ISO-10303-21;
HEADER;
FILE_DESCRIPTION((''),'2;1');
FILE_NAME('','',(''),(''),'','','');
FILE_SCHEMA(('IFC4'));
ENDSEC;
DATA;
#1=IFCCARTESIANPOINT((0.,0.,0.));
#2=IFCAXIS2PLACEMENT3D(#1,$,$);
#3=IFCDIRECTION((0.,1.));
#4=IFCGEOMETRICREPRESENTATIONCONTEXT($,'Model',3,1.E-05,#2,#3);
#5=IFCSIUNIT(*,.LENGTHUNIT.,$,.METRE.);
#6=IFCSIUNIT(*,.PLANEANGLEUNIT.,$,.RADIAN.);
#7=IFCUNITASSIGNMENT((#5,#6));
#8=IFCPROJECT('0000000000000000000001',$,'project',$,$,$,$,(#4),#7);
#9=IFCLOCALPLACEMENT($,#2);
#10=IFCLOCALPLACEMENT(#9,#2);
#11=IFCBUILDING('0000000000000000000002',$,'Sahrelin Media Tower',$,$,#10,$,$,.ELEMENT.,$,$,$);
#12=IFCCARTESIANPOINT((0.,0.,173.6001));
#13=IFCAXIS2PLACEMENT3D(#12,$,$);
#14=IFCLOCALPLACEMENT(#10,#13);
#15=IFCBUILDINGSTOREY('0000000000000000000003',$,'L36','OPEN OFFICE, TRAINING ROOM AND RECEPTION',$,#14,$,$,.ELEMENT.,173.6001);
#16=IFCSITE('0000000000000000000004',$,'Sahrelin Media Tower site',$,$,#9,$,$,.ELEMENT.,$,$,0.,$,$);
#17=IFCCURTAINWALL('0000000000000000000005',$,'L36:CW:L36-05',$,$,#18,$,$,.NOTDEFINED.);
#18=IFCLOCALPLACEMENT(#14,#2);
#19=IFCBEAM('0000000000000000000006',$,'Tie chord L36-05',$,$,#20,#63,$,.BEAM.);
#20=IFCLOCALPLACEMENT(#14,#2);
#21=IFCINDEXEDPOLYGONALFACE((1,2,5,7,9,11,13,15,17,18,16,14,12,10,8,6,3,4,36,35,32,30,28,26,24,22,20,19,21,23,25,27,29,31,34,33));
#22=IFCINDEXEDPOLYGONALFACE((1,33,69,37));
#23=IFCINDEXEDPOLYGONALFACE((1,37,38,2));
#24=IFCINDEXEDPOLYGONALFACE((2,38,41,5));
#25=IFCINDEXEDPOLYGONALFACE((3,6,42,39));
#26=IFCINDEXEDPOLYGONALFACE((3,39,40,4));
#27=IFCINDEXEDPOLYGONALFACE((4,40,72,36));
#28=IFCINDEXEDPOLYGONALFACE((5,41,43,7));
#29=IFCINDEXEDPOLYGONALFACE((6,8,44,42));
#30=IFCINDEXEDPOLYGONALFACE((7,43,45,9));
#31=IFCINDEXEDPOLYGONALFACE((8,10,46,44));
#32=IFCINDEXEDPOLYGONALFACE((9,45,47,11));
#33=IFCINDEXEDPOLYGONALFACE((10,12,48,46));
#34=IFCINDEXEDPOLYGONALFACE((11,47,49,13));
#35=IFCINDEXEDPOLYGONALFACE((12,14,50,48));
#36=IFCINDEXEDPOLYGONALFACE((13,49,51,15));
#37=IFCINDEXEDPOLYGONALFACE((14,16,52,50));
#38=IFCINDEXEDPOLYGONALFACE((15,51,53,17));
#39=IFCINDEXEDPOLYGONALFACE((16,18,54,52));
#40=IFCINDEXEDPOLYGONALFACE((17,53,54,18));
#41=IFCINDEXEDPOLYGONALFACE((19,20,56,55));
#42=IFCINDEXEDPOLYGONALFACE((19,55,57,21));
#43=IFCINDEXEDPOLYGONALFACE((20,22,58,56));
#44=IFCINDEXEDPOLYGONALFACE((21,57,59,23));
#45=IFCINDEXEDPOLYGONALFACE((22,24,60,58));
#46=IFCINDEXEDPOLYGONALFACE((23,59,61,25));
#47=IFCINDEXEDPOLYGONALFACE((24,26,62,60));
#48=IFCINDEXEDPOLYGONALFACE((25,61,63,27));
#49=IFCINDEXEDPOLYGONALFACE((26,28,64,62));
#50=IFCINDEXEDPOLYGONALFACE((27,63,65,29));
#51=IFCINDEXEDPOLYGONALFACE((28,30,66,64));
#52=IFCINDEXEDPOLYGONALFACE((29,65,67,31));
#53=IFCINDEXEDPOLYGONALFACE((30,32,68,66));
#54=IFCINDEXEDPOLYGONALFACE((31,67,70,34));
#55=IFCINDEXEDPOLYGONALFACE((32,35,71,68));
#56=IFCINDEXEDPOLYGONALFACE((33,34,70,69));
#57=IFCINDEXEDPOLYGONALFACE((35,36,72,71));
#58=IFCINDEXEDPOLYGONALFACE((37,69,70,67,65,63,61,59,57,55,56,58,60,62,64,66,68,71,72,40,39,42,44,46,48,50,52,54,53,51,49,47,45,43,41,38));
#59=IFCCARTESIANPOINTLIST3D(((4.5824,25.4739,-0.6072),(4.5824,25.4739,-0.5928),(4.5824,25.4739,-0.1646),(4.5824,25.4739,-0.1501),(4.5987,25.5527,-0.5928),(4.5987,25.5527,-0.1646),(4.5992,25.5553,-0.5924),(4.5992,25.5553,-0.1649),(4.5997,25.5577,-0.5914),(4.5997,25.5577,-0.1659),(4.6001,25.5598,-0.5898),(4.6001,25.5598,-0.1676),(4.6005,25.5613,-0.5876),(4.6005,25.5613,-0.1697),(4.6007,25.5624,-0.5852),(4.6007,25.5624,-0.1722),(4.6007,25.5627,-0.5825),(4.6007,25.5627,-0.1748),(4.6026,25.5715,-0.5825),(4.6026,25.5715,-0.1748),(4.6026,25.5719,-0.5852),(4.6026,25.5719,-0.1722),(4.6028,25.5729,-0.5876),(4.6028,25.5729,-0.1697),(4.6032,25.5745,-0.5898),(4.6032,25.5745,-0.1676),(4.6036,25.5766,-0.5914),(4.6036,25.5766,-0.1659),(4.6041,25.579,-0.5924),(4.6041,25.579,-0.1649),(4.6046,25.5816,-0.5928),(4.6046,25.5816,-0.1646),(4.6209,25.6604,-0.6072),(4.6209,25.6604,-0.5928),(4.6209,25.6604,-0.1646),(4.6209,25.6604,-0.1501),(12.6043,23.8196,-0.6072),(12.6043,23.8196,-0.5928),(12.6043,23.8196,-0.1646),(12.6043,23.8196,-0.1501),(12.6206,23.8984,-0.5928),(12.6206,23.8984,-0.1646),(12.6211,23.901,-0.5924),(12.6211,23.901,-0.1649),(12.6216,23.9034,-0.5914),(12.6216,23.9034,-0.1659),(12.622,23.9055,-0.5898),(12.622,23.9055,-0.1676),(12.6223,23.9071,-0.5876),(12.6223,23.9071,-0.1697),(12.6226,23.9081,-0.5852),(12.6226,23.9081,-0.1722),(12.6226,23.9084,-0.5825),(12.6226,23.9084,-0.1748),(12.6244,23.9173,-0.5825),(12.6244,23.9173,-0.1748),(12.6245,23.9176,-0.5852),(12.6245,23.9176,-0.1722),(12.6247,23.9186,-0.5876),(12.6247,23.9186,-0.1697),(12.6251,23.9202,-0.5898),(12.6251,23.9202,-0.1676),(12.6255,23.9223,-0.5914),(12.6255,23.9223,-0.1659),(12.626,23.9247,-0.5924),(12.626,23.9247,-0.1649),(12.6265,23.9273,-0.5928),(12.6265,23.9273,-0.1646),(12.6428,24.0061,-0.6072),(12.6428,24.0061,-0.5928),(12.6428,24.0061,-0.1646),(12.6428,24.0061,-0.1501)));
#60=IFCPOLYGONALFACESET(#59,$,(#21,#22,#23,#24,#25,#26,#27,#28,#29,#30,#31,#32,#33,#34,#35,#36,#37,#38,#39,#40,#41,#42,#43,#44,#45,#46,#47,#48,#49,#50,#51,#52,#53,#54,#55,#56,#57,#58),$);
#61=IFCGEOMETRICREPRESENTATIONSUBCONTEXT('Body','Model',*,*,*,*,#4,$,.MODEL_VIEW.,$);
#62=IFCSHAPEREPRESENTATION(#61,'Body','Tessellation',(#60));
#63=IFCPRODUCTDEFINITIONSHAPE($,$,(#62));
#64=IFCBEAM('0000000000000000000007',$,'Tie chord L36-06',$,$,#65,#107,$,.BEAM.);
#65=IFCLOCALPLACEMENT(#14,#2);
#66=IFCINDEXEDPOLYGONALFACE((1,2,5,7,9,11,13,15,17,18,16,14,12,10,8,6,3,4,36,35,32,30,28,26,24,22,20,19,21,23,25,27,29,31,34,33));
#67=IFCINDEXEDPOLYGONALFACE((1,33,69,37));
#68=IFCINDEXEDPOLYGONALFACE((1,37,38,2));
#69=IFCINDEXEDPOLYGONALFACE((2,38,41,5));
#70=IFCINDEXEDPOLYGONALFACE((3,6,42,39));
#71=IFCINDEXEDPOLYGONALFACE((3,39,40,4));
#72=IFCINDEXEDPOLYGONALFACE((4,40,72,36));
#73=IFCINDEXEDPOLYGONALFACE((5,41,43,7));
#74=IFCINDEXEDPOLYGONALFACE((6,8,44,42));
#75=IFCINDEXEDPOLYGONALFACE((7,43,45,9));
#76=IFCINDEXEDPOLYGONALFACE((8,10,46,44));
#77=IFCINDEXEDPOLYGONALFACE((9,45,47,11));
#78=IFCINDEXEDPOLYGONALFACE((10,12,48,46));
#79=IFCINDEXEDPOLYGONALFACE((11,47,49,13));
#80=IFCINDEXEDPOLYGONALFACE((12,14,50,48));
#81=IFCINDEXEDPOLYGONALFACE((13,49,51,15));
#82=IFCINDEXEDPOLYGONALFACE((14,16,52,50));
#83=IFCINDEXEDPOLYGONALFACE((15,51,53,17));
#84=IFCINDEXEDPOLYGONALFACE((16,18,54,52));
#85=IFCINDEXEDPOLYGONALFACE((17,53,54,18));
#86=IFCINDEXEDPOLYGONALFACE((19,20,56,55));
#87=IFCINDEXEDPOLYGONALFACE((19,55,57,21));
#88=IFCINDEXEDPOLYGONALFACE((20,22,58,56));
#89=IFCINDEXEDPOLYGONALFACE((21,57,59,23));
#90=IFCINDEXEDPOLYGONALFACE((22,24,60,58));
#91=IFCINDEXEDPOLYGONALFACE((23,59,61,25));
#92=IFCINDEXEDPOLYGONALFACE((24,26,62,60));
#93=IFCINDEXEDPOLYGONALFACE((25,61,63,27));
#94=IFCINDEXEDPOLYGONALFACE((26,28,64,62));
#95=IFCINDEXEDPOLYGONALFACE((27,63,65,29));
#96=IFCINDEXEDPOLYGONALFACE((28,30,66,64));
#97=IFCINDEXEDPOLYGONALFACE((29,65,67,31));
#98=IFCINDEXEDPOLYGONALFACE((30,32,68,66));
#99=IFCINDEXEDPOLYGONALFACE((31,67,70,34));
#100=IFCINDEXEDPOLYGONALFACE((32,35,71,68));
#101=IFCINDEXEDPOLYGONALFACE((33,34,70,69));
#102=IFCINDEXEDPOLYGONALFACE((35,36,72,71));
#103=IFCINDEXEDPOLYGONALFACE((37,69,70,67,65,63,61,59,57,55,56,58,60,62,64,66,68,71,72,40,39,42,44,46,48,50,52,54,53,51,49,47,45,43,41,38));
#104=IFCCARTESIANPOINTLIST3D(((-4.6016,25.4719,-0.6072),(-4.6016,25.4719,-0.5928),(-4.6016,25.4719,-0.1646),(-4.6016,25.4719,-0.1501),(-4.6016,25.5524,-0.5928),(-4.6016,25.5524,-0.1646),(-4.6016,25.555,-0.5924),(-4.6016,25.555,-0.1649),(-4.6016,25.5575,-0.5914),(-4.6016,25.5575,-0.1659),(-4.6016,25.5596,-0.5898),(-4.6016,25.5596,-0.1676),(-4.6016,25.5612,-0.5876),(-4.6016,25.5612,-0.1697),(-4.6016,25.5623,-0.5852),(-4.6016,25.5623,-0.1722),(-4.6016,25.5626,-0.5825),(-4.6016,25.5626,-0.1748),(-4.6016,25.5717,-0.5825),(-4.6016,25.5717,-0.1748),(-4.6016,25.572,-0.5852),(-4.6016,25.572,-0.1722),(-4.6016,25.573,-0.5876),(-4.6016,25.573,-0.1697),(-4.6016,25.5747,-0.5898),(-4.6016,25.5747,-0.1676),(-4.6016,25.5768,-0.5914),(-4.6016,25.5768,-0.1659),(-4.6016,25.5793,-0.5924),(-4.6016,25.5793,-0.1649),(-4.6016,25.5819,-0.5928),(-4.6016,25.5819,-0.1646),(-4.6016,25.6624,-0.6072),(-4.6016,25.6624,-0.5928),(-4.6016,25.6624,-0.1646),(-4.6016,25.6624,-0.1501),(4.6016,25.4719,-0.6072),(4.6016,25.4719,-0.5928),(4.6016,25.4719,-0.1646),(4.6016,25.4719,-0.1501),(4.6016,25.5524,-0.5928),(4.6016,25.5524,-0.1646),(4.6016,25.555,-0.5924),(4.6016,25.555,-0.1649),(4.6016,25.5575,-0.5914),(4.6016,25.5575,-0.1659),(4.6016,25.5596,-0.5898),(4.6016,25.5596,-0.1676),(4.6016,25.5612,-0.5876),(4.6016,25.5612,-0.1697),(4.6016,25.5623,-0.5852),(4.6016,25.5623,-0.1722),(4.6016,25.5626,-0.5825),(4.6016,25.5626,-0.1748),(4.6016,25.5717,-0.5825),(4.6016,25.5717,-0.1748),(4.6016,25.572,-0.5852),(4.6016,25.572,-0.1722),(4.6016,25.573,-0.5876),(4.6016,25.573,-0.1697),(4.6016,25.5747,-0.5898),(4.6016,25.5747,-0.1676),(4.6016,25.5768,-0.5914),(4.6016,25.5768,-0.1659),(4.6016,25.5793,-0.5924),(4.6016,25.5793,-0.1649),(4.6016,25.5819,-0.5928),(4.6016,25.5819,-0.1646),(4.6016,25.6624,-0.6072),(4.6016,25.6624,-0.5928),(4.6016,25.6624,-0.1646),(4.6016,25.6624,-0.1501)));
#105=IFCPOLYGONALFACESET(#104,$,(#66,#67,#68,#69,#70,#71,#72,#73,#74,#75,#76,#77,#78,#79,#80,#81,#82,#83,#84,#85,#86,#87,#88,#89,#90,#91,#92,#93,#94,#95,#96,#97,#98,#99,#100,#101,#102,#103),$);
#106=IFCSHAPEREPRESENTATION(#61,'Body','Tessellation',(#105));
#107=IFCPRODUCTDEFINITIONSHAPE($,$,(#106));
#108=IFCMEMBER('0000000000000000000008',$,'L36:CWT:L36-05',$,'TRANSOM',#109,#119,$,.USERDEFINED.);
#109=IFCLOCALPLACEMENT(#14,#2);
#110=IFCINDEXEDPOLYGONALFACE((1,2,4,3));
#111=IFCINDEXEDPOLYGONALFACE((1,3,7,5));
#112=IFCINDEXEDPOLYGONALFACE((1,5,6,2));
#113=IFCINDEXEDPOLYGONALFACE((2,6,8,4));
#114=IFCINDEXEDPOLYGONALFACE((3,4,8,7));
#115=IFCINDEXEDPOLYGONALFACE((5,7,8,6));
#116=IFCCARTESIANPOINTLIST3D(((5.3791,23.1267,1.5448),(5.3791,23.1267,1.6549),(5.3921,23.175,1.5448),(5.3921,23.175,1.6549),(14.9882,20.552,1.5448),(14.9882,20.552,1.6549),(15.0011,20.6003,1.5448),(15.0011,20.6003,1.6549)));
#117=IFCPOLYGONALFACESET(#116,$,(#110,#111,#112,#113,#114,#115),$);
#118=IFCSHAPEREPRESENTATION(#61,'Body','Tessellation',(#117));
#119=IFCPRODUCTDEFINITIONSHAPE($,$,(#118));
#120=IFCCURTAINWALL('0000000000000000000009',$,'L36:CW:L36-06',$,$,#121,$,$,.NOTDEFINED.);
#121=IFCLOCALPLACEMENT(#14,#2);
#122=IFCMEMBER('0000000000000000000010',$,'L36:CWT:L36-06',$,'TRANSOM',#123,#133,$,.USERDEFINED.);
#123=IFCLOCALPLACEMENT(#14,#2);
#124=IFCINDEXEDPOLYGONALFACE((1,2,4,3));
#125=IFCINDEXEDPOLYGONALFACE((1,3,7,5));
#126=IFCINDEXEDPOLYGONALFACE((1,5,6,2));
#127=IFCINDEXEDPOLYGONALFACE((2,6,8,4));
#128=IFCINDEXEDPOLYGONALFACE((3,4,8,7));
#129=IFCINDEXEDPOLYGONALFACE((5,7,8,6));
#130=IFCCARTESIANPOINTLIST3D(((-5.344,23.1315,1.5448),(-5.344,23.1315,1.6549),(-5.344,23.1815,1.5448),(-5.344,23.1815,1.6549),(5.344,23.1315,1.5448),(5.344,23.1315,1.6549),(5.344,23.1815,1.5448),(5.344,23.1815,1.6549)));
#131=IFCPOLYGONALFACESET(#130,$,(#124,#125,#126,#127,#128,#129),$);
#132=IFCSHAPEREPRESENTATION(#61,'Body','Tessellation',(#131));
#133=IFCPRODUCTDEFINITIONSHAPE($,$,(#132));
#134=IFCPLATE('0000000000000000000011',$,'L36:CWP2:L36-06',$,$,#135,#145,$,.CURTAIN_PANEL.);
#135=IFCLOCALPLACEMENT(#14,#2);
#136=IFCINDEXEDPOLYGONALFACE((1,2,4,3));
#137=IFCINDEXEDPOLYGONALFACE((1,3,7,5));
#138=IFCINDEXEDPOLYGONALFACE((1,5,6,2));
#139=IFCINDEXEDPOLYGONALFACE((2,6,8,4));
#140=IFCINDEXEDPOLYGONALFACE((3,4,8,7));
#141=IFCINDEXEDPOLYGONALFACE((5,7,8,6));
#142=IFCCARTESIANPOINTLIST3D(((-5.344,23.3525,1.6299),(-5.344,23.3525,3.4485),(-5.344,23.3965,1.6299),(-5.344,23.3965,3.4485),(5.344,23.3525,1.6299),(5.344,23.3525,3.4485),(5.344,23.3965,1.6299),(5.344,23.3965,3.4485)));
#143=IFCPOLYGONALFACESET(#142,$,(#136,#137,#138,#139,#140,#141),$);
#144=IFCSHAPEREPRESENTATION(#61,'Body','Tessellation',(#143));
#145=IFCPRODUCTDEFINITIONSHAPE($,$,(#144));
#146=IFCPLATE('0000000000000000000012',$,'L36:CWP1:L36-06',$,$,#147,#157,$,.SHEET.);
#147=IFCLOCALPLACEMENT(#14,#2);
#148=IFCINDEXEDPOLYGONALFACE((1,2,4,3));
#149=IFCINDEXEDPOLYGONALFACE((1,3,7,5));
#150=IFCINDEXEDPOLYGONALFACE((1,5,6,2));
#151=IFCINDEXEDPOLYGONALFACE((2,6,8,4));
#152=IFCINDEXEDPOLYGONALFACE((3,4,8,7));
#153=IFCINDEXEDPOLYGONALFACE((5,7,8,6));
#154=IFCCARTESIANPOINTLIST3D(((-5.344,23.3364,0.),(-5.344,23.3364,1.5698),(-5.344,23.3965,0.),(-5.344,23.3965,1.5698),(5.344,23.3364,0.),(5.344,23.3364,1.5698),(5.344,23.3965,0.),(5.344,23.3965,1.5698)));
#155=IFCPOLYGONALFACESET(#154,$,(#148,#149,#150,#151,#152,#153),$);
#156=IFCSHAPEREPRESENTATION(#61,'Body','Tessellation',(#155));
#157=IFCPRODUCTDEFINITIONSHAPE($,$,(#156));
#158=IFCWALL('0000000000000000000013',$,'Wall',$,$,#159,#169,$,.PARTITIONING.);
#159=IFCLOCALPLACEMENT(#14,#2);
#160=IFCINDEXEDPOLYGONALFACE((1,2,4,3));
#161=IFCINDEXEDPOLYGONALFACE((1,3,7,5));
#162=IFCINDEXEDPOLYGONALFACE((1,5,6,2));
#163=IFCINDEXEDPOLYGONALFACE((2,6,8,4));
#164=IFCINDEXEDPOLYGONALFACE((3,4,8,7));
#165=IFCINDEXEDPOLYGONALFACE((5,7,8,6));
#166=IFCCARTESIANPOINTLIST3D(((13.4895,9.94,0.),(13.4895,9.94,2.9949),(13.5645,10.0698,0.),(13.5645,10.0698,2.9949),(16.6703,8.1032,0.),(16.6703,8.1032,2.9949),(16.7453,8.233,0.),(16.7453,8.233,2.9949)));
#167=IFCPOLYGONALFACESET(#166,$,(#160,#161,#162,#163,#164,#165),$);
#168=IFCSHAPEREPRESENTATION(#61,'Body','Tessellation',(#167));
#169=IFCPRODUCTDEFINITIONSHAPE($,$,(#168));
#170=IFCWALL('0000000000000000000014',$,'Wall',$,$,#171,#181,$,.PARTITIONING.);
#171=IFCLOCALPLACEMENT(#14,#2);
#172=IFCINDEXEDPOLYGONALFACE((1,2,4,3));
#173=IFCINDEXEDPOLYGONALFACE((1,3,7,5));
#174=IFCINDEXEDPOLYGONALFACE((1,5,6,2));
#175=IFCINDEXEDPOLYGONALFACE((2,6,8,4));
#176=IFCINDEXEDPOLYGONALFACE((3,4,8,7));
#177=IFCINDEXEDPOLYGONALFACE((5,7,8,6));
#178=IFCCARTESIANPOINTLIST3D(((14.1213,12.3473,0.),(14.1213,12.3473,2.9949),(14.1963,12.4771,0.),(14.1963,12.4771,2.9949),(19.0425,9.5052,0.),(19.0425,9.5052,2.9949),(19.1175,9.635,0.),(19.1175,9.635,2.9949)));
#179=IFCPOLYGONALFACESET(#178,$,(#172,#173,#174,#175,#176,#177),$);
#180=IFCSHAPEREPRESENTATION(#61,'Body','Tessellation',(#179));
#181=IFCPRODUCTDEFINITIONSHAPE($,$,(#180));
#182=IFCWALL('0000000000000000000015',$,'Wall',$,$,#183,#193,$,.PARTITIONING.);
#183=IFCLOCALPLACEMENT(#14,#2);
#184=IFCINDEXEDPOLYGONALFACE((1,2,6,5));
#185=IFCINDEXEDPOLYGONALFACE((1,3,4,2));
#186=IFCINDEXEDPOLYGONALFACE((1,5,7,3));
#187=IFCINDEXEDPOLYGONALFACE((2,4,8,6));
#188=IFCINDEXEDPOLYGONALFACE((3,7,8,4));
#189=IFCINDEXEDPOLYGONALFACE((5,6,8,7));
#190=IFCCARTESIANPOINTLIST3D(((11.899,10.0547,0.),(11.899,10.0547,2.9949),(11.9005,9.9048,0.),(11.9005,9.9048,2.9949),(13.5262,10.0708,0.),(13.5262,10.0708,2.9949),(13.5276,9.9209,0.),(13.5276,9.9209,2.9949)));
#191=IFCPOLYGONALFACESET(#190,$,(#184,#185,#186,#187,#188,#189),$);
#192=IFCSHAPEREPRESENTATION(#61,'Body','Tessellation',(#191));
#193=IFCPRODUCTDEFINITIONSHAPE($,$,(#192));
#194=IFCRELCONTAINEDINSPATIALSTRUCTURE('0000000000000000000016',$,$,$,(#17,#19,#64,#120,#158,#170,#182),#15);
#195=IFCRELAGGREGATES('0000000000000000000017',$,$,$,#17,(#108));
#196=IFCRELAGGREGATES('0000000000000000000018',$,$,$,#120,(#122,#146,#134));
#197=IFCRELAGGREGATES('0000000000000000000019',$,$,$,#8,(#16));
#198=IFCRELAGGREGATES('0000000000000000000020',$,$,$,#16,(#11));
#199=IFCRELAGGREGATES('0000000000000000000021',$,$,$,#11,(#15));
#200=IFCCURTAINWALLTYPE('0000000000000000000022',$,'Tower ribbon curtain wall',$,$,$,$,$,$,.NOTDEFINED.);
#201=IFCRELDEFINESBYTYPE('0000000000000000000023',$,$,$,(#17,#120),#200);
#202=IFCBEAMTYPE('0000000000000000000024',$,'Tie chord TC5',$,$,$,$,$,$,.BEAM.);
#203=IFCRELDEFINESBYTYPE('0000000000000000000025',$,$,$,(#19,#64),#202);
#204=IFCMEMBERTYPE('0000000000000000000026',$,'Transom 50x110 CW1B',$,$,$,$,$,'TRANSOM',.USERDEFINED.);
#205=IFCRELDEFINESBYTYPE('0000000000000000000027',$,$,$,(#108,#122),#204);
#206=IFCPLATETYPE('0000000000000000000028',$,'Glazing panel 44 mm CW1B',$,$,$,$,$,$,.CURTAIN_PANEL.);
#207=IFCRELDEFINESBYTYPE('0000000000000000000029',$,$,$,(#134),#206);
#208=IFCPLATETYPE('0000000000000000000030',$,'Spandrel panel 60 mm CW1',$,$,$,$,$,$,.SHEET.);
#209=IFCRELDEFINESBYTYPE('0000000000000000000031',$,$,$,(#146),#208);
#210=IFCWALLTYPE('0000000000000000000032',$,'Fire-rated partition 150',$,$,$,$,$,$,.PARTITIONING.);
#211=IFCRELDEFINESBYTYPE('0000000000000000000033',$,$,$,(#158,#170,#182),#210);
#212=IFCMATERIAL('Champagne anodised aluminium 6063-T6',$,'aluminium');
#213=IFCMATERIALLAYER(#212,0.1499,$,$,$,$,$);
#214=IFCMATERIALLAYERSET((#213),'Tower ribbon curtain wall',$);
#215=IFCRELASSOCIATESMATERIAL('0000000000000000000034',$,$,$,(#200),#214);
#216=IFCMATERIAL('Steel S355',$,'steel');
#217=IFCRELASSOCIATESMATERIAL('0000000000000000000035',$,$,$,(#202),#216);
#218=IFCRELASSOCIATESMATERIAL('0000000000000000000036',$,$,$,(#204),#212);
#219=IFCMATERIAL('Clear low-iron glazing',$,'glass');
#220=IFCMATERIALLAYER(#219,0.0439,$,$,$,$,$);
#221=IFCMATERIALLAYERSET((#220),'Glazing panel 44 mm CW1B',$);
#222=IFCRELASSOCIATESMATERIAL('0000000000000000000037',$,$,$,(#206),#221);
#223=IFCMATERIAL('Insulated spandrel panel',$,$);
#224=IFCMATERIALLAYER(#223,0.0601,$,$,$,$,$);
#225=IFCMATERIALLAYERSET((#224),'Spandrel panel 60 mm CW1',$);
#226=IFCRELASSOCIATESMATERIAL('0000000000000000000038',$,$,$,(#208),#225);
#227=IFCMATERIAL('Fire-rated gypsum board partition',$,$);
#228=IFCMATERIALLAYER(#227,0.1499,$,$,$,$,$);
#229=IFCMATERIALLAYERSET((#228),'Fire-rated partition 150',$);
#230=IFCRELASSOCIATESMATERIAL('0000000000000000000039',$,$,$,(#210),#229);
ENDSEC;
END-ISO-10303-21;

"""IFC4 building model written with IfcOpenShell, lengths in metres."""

from ifc_helpers import new_model, si_unit, direction, frame, frame_2d, origin, origin_2d, place, context, subcontext, project, spatial, polyline, rectangle, i_section, outline, extrude, material, layer, layer_set, material_profile, profile_set, type_object, element, aggregate, save


model = new_model("IFC4")

# Units and contexts
model_context = context("Model", 3, precision=1e-05, world=origin(), true_north=direction((0.0, 1.0)))
body_context = subcontext(model_context, "Body", "Model", "MODEL_VIEW")
ifc_project = project(units=[si_unit("LENGTHUNIT", "METRE"), si_unit("PLANEANGLEUNIT", "RADIAN")], contexts=[model_context])

# Site, building, storey
site_placement = place(None, origin())
site = spatial("IfcSite", under=ifc_project, at=site_placement, Name="Sahrelin Media Tower site", CompositionType="ELEMENT", RefElevation=0.0)
building_placement = place(site_placement, origin())
building = spatial("IfcBuilding", under=site, at=building_placement, Name="Sahrelin Media Tower", CompositionType="ELEMENT")
storey_placement = place(building_placement, frame((0.0, 0.0, 173.6001)))
storey = spatial("IfcBuildingStorey", under=building, at=storey_placement, Name="L36", Description="OPEN OFFICE, TRAINING ROOM AND RECEPTION", CompositionType="ELEMENT", Elevation=173.6001)

# Shared definitions
ifc_material_1 = material(Name="Steel S355", Category="steel")

# Curtain wall
ifc_material_2 = material(Name="Champagne anodised aluminium 6063-T6", Category="aluminium")
ifc_layer_1 = layer(ifc_material_2, 0.1499)
ifc_layer_set_1 = layer_set([ifc_layer_1], Name="Tower ribbon curtain wall")
curtain_wall_type = type_object("IfcCurtainWallType", Name="Tower ribbon curtain wall", PredefinedType="NOTDEFINED", material=ifc_layer_set_1)
curtain_wall_1_placement = place(storey_placement, frame((10.2471, 22.0762, 0.0), z_axis=(0.0, 0.0, 1.0), x_axis=(1.0, 0.0, 0.0)))
curtain_wall_1 = element("IfcCurtainWall", 1, at=curtain_wall_1_placement, inside=storey, type_object=curtain_wall_type, Name="L36:CW:L36-05", PredefinedType="NOTDEFINED")

# Beams
ifc_material_profile_1 = material_profile(ifc_material_1, i_section(OverallWidth=0.1904, OverallDepth=0.457, WebThickness=0.009, FlangeThickness=0.0144, FilletRadius=0.0103, at=origin_2d()), Name="UB 457x191x74")
ifc_profile_set_1 = profile_set([ifc_material_profile_1], Name="Steel S355")
beam_type_1 = type_object("IfcBeamType", Name="Tie chord TC5", PredefinedType="BEAM", material=ifc_profile_set_1)
beam_1_placement = place(storey_placement, frame((12.6235, 23.9128, -0.3787), z_axis=(-0.979392, 0.201971, 0.0), x_axis=(-0.201971, -0.979392, 0.0)))
element("IfcBeam", 2, at=beam_1_placement, inside=storey, type_object=beam_type_1, Name="Tie chord L36-05", PredefinedType="BEAM", context=body_context, shape_type="SweptSolid", body=[
    extrude(i_section(OverallWidth=0.1904, OverallDepth=0.457, WebThickness=0.009, FlangeThickness=0.0144, FilletRadius=0.0103, at=origin_2d()), origin(), (0.0, 0.0, 1.0), 8.1907),
])
beam_2_placement = place(storey_placement, frame((4.6016, 25.5671, -0.3787), z_axis=(-1.0, 0.0, 0.0), x_axis=(0.0, -1.0, 0.0)))
element("IfcBeam", 3, at=beam_2_placement, inside=storey, type_object=beam_type_1, Name="Tie chord L36-06", PredefinedType="BEAM", context=body_context, shape_type="SweptSolid", body=[
    extrude(i_section(OverallWidth=0.1904, OverallDepth=0.457, WebThickness=0.009, FlangeThickness=0.0144, FilletRadius=0.0103, at=origin_2d()), origin(), (0.0, 0.0, 1.0), 9.2031),
])

# Member
ifc_material_profile_2 = material_profile(ifc_material_2, rectangle(XDim=0.05, YDim=0.1101, at=origin_2d()), Name="Transom 50x110")
ifc_profile_set_2 = profile_set([ifc_material_profile_2], Name="Champagne anodised aluminium 6063-T6")
member_type_1 = type_object("IfcMemberType", Name="Transom 50x110 CW1B", ElementType="TRANSOM", PredefinedType="USERDEFINED", material=ifc_profile_set_2)
member_1_placement = place(storey_placement, frame((14.9946, 20.5762, 1.5999), z_axis=(-0.965927, 0.258814, 0.0), x_axis=(-0.258814, -0.965927, 0.0)))
member_1 = element("IfcMember", 4, at=member_1_placement, type_object=member_type_1, Name="L36:CWT:L36-05", ObjectType="TRANSOM", PredefinedType="USERDEFINED", context=body_context, shape_type="SweptSolid", body=[
    extrude(rectangle(XDim=0.05, YDim=0.1101, at=origin_2d()), origin(), (0.0, 0.0, 1.0), 9.948),
])
aggregate(curtain_wall_1, [member_1])

# Curtain wall, member, plates
curtain_wall_2_placement = place(storey_placement, frame((0.0, 23.3765, 0.0), z_axis=(0.0, 0.0, 1.0), x_axis=(1.0, 0.0, 0.0)))
curtain_wall_2 = element("IfcCurtainWall", 5, at=curtain_wall_2_placement, inside=storey, type_object=curtain_wall_type, Name="L36:CW:L36-06", PredefinedType="NOTDEFINED")
member_2_placement = place(storey_placement, frame((5.344, 23.1565, 1.5999), z_axis=(-1.0, 0.0, 0.0), x_axis=(0.0, -1.0, 0.0)))
member_2 = element("IfcMember", 6, at=member_2_placement, type_object=member_type_1, Name="L36:CWT:L36-06", ObjectType="TRANSOM", PredefinedType="USERDEFINED", context=body_context, shape_type="SweptSolid", body=[
    extrude(rectangle(XDim=0.05, YDim=0.1101, at=origin_2d()), origin(), (0.0, 0.0, 1.0), 10.688),
])
ifc_material_3 = material(Name="Clear low-iron glazing", Category="glass")
ifc_layer_2 = layer(ifc_material_3, 0.0439)
ifc_layer_set_2 = layer_set([ifc_layer_2], Name="Glazing panel 44 mm CW1B")
plate_type_1 = type_object("IfcPlateType", Name="Glazing panel 44 mm CW1B", PredefinedType="CURTAIN_PANEL", material=ifc_layer_set_2)
plate_1_placement = place(storey_placement, frame((5.344, 23.3965, 1.6299), z_axis=(0.0, 1.0, 0.0), x_axis=(-1.0, 0.0, 0.0)))
plate_1 = element("IfcPlate", 7, at=plate_1_placement, type_object=plate_type_1, Name="L36:CWP2:L36-06", PredefinedType="CURTAIN_PANEL", context=body_context, shape_type="SweptSolid", body=[
    extrude(outline(polyline([(0.0, 0.0), (10.688, 0.0), (10.688, 1.8186), (0.0, 1.8186), (0.0, 0.0)])), origin(), (0.0, 0.0, -1.0), 0.0439),
])
ifc_material_4 = material(Name="Insulated spandrel panel")
ifc_layer_3 = layer(ifc_material_4, 0.0601)
ifc_layer_set_3 = layer_set([ifc_layer_3], Name="Spandrel panel 60 mm CW1")
plate_type_2 = type_object("IfcPlateType", Name="Spandrel panel 60 mm CW1", PredefinedType="SHEET", material=ifc_layer_set_3)
plate_2_placement = place(storey_placement, frame((5.344, 23.3965, 0.0), z_axis=(0.0, 1.0, 0.0), x_axis=(-1.0, 0.0, 0.0)))
plate_2 = element("IfcPlate", 8, at=plate_2_placement, type_object=plate_type_2, Name="L36:CWP1:L36-06", PredefinedType="SHEET", context=body_context, shape_type="SweptSolid", body=[
    extrude(outline(polyline([(0.0, 0.0), (10.688, 0.0), (10.688, 1.5698), (0.0, 1.5698), (0.0, 0.0)])), origin(), (0.0, 0.0, -1.0), 0.0601),
])
aggregate(curtain_wall_2, [member_2, plate_2, plate_1])

# Walls
ifc_material_5 = material(Name="Fire-rated gypsum board partition")
ifc_layer_4 = layer(ifc_material_5, 0.1499)
ifc_layer_set_4 = layer_set([ifc_layer_4], Name="Fire-rated partition 150")
wall_type_1 = type_object("IfcWallType", Name="Fire-rated partition 150", PredefinedType="PARTITIONING", material=ifc_layer_set_4)
wall_1_placement = place(storey_placement, frame((13.5271, 10.0049, 0.0), z_axis=(0.0, 0.0, 1.0), x_axis=(0.865976, -0.500085, 0.0)))
element("IfcWall", 9, at=wall_1_placement, inside=storey, type_object=wall_type_1, Name="Wall", PredefinedType="PARTITIONING", context=body_context, shape_type="SweptSolid", body=[
    extrude(rectangle(XDim=3.6731, YDim=0.1499, at=frame_2d((1.8364, 0.0))), origin(), (0.0, 0.0, 1.0), 2.9949),
])
wall_2_placement = place(storey_placement, frame((14.1589, 12.4121, 0.0), z_axis=(0.0, 0.0, 1.0), x_axis=(0.865963, -0.500108, 0.0)))
element("IfcWall", 10, at=wall_2_placement, inside=storey, type_object=wall_type_1, Name="Wall", PredefinedType="PARTITIONING", context=body_context, shape_type="SweptSolid", body=[
    extrude(rectangle(XDim=5.6829, YDim=0.1499, at=frame_2d((2.8413, 0.0))), origin(), (0.0, 0.0, 1.0), 2.9949),
])
wall_3_placement = place(storey_placement, frame((11.8999, 9.9797, 0.0), z_axis=(0.0, 0.0, 1.0), x_axis=(0.999951, 0.009902, 0.0)))
element("IfcWall", 11, at=wall_3_placement, inside=storey, type_object=wall_type_1, Name="Wall", PredefinedType="PARTITIONING", context=body_context, shape_type="SweptSolid", body=[
    extrude(rectangle(XDim=1.6272, YDim=0.1499, at=frame_2d((0.8135, 0.0))), origin(), (0.0, 0.0, 1.0), 2.9949),
])

save(model, "model.ifc")
